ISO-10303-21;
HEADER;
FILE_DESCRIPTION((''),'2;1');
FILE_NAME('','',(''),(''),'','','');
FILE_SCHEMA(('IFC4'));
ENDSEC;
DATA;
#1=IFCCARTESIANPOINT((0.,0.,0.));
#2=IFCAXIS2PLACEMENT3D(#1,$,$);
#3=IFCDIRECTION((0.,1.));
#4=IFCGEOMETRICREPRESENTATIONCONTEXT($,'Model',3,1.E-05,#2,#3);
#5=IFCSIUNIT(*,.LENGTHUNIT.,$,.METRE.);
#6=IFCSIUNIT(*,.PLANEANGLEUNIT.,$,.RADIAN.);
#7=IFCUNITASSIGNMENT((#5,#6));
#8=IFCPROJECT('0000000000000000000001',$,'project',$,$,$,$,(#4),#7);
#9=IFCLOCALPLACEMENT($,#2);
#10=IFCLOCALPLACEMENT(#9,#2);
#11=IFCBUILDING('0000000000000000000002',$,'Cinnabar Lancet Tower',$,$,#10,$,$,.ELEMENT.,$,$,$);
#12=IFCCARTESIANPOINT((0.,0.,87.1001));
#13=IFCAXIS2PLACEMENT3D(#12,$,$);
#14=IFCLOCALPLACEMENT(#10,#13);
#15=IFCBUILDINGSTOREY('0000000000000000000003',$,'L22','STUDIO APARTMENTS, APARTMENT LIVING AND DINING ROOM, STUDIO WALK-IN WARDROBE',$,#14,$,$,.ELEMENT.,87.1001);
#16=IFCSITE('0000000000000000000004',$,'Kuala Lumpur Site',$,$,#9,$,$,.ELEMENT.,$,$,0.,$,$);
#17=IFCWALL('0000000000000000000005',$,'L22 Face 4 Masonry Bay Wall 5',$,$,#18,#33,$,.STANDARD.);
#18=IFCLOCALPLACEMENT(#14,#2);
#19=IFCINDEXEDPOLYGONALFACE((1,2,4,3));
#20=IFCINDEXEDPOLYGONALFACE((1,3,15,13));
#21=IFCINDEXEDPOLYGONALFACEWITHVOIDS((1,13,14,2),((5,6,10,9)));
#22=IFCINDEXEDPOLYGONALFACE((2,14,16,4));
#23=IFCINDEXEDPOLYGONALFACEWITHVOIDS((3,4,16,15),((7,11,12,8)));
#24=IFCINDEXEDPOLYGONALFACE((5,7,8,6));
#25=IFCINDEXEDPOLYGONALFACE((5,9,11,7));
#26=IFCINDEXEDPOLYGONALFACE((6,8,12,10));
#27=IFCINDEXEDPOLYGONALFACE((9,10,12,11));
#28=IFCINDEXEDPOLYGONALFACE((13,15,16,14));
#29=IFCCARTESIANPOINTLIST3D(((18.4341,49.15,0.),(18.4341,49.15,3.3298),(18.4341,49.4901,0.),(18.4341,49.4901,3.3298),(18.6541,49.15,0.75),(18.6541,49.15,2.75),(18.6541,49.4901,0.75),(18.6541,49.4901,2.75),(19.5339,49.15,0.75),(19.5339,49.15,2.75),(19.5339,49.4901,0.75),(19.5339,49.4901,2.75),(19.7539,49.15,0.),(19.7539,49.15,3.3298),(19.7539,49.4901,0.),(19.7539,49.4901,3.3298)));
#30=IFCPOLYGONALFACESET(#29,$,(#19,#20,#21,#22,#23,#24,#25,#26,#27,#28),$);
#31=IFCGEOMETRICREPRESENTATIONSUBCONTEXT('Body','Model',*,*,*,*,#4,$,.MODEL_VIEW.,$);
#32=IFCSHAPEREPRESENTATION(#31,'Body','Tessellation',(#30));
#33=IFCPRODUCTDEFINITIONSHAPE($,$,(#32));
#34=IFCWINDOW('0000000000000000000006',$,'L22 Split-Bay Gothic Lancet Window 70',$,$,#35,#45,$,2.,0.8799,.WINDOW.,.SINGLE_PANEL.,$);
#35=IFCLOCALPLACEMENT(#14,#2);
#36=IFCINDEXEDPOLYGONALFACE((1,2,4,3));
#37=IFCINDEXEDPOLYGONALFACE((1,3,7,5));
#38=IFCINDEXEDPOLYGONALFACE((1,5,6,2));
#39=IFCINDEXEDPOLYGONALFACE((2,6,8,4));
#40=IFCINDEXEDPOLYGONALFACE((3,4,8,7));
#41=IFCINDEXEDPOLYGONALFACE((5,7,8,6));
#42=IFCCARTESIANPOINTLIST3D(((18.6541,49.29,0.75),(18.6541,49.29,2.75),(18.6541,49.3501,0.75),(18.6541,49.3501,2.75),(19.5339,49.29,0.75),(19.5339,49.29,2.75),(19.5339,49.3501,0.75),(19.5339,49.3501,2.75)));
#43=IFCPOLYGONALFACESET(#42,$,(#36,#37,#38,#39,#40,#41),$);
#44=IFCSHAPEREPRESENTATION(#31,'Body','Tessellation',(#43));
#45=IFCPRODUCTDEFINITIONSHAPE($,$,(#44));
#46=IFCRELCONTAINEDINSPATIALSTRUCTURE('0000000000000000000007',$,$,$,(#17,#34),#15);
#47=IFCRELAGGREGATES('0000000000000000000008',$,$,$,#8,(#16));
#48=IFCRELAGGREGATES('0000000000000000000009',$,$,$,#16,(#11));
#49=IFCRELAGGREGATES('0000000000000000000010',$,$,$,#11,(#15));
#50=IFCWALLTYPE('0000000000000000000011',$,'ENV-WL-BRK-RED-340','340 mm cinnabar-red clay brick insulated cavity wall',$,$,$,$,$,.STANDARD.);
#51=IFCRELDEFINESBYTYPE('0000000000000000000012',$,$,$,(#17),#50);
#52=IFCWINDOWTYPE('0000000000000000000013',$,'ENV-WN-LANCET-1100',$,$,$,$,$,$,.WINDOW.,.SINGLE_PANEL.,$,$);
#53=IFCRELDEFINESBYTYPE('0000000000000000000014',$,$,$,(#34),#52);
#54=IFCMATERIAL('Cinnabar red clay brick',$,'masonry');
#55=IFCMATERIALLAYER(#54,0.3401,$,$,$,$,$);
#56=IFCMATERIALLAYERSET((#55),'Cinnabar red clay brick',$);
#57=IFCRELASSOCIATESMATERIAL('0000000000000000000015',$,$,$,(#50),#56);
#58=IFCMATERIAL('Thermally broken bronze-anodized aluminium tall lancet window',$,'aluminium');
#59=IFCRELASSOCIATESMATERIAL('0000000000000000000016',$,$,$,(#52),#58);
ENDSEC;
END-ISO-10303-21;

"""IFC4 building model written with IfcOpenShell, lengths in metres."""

from ifc_helpers import new_model, si_unit, direction, frame, frame_2d, origin, place, context, subcontext, project, spatial, rectangle, extrude, material, layer, layer_set, type_object, element, fill, save


model = new_model("IFC4")

# Units and contexts
model_context = context("Model", 3, precision=1e-05, world=origin(), true_north=direction((0.0, 1.0)))
body_context = subcontext(model_context, "Body", "Model", "MODEL_VIEW")
ifc_project = project(units=[si_unit("LENGTHUNIT", "METRE"), si_unit("PLANEANGLEUNIT", "RADIAN")], contexts=[model_context])

# Site, building, storey
site_placement = place(None, origin())
site = spatial("IfcSite", under=ifc_project, at=site_placement, Name="Kuala Lumpur Site", CompositionType="ELEMENT", RefElevation=0.0)
building_placement = place(site_placement, origin())
building = spatial("IfcBuilding", under=site, at=building_placement, Name="Cinnabar Lancet Tower", CompositionType="ELEMENT")
storey_placement = place(building_placement, frame((0.0, 0.0, 87.1001)))
storey = spatial("IfcBuildingStorey", under=building, at=storey_placement, Name="L22", Description="STUDIO APARTMENTS, APARTMENT LIVING AND DINING ROOM, STUDIO WALK-IN WARDROBE", CompositionType="ELEMENT", Elevation=87.1001)

# Wall, opening, window
ifc_material_1 = material(Name="Cinnabar red clay brick", Category="masonry")
ifc_layer_1 = layer(ifc_material_1, 0.3401)
ifc_layer_set_1 = layer_set([ifc_layer_1], Name="Cinnabar red clay brick")
wall_type_1 = type_object("IfcWallType", Name="ENV-WL-BRK-RED-340", Description="340 mm cinnabar-red clay brick insulated cavity wall", PredefinedType="STANDARD", material=ifc_layer_set_1)
ifc_material_2 = material(Name="Thermally broken bronze-anodized aluminium tall lancet window", Category="aluminium")
window_type = type_object("IfcWindowType", Name="ENV-WN-LANCET-1100", PartitioningType="SINGLE_PANEL", PredefinedType="WINDOW", material=ifc_material_2)
wall_1_placement = place(storey_placement, frame((19.7539, 49.3201, 0.0), z_axis=(0.0, 0.0, 1.0), x_axis=(-1.0, 0.0, 0.0)))
wall_1 = element("IfcWall", 1, at=wall_1_placement, inside=storey, type_object=wall_type_1, Name="L22 Face 4 Masonry Bay Wall 5", PredefinedType="STANDARD", context=body_context, shape_type="SweptSolid", body=[
    extrude(rectangle(XDim=1.3198, YDim=0.3401, at=frame_2d((0.6599, 0.0))), origin(), (0.0, 0.0, 1.0), 3.3298),
])
opening_1_placement = place(wall_1_placement, frame((0.22, 0.0, 0.75)))
opening_1 = element("IfcOpeningElement", 2, at=opening_1_placement, cuts=wall_1, PredefinedType="OPENING", context=body_context, shape_type="SweptSolid", body=[
    extrude(rectangle(XDim=0.8799, YDim=2.0, at=frame_2d((0.4399, 1.0))), frame((0.0, 0.1799, 0.0), z_axis=(0.0, -1.0, 0.0), x_axis=(1.0, 0.0, 0.0)), (0.0, 0.0, 1.0), 0.3601),
])
window_1_placement = place(opening_1_placement, origin())
window_1 = element("IfcWindow", 3, at=window_1_placement, inside=storey, type_object=window_type, Name="L22 Split-Bay Gothic Lancet Window 70", OverallHeight=2.0, OverallWidth=0.8799, PartitioningType="SINGLE_PANEL", PredefinedType="WINDOW", context=body_context, shape_type="SweptSolid", body=[
    extrude(rectangle(XDim=0.8799, YDim=2.0, at=frame_2d((0.4399, 1.0))), frame((0.0, 0.03, 0.0), z_axis=(0.0, -1.0, 0.0), x_axis=(1.0, 0.0, 0.0)), (0.0, 0.0, 1.0), 0.0601),
])
fill(opening_1, window_1)

save(model, "model.ifc")
